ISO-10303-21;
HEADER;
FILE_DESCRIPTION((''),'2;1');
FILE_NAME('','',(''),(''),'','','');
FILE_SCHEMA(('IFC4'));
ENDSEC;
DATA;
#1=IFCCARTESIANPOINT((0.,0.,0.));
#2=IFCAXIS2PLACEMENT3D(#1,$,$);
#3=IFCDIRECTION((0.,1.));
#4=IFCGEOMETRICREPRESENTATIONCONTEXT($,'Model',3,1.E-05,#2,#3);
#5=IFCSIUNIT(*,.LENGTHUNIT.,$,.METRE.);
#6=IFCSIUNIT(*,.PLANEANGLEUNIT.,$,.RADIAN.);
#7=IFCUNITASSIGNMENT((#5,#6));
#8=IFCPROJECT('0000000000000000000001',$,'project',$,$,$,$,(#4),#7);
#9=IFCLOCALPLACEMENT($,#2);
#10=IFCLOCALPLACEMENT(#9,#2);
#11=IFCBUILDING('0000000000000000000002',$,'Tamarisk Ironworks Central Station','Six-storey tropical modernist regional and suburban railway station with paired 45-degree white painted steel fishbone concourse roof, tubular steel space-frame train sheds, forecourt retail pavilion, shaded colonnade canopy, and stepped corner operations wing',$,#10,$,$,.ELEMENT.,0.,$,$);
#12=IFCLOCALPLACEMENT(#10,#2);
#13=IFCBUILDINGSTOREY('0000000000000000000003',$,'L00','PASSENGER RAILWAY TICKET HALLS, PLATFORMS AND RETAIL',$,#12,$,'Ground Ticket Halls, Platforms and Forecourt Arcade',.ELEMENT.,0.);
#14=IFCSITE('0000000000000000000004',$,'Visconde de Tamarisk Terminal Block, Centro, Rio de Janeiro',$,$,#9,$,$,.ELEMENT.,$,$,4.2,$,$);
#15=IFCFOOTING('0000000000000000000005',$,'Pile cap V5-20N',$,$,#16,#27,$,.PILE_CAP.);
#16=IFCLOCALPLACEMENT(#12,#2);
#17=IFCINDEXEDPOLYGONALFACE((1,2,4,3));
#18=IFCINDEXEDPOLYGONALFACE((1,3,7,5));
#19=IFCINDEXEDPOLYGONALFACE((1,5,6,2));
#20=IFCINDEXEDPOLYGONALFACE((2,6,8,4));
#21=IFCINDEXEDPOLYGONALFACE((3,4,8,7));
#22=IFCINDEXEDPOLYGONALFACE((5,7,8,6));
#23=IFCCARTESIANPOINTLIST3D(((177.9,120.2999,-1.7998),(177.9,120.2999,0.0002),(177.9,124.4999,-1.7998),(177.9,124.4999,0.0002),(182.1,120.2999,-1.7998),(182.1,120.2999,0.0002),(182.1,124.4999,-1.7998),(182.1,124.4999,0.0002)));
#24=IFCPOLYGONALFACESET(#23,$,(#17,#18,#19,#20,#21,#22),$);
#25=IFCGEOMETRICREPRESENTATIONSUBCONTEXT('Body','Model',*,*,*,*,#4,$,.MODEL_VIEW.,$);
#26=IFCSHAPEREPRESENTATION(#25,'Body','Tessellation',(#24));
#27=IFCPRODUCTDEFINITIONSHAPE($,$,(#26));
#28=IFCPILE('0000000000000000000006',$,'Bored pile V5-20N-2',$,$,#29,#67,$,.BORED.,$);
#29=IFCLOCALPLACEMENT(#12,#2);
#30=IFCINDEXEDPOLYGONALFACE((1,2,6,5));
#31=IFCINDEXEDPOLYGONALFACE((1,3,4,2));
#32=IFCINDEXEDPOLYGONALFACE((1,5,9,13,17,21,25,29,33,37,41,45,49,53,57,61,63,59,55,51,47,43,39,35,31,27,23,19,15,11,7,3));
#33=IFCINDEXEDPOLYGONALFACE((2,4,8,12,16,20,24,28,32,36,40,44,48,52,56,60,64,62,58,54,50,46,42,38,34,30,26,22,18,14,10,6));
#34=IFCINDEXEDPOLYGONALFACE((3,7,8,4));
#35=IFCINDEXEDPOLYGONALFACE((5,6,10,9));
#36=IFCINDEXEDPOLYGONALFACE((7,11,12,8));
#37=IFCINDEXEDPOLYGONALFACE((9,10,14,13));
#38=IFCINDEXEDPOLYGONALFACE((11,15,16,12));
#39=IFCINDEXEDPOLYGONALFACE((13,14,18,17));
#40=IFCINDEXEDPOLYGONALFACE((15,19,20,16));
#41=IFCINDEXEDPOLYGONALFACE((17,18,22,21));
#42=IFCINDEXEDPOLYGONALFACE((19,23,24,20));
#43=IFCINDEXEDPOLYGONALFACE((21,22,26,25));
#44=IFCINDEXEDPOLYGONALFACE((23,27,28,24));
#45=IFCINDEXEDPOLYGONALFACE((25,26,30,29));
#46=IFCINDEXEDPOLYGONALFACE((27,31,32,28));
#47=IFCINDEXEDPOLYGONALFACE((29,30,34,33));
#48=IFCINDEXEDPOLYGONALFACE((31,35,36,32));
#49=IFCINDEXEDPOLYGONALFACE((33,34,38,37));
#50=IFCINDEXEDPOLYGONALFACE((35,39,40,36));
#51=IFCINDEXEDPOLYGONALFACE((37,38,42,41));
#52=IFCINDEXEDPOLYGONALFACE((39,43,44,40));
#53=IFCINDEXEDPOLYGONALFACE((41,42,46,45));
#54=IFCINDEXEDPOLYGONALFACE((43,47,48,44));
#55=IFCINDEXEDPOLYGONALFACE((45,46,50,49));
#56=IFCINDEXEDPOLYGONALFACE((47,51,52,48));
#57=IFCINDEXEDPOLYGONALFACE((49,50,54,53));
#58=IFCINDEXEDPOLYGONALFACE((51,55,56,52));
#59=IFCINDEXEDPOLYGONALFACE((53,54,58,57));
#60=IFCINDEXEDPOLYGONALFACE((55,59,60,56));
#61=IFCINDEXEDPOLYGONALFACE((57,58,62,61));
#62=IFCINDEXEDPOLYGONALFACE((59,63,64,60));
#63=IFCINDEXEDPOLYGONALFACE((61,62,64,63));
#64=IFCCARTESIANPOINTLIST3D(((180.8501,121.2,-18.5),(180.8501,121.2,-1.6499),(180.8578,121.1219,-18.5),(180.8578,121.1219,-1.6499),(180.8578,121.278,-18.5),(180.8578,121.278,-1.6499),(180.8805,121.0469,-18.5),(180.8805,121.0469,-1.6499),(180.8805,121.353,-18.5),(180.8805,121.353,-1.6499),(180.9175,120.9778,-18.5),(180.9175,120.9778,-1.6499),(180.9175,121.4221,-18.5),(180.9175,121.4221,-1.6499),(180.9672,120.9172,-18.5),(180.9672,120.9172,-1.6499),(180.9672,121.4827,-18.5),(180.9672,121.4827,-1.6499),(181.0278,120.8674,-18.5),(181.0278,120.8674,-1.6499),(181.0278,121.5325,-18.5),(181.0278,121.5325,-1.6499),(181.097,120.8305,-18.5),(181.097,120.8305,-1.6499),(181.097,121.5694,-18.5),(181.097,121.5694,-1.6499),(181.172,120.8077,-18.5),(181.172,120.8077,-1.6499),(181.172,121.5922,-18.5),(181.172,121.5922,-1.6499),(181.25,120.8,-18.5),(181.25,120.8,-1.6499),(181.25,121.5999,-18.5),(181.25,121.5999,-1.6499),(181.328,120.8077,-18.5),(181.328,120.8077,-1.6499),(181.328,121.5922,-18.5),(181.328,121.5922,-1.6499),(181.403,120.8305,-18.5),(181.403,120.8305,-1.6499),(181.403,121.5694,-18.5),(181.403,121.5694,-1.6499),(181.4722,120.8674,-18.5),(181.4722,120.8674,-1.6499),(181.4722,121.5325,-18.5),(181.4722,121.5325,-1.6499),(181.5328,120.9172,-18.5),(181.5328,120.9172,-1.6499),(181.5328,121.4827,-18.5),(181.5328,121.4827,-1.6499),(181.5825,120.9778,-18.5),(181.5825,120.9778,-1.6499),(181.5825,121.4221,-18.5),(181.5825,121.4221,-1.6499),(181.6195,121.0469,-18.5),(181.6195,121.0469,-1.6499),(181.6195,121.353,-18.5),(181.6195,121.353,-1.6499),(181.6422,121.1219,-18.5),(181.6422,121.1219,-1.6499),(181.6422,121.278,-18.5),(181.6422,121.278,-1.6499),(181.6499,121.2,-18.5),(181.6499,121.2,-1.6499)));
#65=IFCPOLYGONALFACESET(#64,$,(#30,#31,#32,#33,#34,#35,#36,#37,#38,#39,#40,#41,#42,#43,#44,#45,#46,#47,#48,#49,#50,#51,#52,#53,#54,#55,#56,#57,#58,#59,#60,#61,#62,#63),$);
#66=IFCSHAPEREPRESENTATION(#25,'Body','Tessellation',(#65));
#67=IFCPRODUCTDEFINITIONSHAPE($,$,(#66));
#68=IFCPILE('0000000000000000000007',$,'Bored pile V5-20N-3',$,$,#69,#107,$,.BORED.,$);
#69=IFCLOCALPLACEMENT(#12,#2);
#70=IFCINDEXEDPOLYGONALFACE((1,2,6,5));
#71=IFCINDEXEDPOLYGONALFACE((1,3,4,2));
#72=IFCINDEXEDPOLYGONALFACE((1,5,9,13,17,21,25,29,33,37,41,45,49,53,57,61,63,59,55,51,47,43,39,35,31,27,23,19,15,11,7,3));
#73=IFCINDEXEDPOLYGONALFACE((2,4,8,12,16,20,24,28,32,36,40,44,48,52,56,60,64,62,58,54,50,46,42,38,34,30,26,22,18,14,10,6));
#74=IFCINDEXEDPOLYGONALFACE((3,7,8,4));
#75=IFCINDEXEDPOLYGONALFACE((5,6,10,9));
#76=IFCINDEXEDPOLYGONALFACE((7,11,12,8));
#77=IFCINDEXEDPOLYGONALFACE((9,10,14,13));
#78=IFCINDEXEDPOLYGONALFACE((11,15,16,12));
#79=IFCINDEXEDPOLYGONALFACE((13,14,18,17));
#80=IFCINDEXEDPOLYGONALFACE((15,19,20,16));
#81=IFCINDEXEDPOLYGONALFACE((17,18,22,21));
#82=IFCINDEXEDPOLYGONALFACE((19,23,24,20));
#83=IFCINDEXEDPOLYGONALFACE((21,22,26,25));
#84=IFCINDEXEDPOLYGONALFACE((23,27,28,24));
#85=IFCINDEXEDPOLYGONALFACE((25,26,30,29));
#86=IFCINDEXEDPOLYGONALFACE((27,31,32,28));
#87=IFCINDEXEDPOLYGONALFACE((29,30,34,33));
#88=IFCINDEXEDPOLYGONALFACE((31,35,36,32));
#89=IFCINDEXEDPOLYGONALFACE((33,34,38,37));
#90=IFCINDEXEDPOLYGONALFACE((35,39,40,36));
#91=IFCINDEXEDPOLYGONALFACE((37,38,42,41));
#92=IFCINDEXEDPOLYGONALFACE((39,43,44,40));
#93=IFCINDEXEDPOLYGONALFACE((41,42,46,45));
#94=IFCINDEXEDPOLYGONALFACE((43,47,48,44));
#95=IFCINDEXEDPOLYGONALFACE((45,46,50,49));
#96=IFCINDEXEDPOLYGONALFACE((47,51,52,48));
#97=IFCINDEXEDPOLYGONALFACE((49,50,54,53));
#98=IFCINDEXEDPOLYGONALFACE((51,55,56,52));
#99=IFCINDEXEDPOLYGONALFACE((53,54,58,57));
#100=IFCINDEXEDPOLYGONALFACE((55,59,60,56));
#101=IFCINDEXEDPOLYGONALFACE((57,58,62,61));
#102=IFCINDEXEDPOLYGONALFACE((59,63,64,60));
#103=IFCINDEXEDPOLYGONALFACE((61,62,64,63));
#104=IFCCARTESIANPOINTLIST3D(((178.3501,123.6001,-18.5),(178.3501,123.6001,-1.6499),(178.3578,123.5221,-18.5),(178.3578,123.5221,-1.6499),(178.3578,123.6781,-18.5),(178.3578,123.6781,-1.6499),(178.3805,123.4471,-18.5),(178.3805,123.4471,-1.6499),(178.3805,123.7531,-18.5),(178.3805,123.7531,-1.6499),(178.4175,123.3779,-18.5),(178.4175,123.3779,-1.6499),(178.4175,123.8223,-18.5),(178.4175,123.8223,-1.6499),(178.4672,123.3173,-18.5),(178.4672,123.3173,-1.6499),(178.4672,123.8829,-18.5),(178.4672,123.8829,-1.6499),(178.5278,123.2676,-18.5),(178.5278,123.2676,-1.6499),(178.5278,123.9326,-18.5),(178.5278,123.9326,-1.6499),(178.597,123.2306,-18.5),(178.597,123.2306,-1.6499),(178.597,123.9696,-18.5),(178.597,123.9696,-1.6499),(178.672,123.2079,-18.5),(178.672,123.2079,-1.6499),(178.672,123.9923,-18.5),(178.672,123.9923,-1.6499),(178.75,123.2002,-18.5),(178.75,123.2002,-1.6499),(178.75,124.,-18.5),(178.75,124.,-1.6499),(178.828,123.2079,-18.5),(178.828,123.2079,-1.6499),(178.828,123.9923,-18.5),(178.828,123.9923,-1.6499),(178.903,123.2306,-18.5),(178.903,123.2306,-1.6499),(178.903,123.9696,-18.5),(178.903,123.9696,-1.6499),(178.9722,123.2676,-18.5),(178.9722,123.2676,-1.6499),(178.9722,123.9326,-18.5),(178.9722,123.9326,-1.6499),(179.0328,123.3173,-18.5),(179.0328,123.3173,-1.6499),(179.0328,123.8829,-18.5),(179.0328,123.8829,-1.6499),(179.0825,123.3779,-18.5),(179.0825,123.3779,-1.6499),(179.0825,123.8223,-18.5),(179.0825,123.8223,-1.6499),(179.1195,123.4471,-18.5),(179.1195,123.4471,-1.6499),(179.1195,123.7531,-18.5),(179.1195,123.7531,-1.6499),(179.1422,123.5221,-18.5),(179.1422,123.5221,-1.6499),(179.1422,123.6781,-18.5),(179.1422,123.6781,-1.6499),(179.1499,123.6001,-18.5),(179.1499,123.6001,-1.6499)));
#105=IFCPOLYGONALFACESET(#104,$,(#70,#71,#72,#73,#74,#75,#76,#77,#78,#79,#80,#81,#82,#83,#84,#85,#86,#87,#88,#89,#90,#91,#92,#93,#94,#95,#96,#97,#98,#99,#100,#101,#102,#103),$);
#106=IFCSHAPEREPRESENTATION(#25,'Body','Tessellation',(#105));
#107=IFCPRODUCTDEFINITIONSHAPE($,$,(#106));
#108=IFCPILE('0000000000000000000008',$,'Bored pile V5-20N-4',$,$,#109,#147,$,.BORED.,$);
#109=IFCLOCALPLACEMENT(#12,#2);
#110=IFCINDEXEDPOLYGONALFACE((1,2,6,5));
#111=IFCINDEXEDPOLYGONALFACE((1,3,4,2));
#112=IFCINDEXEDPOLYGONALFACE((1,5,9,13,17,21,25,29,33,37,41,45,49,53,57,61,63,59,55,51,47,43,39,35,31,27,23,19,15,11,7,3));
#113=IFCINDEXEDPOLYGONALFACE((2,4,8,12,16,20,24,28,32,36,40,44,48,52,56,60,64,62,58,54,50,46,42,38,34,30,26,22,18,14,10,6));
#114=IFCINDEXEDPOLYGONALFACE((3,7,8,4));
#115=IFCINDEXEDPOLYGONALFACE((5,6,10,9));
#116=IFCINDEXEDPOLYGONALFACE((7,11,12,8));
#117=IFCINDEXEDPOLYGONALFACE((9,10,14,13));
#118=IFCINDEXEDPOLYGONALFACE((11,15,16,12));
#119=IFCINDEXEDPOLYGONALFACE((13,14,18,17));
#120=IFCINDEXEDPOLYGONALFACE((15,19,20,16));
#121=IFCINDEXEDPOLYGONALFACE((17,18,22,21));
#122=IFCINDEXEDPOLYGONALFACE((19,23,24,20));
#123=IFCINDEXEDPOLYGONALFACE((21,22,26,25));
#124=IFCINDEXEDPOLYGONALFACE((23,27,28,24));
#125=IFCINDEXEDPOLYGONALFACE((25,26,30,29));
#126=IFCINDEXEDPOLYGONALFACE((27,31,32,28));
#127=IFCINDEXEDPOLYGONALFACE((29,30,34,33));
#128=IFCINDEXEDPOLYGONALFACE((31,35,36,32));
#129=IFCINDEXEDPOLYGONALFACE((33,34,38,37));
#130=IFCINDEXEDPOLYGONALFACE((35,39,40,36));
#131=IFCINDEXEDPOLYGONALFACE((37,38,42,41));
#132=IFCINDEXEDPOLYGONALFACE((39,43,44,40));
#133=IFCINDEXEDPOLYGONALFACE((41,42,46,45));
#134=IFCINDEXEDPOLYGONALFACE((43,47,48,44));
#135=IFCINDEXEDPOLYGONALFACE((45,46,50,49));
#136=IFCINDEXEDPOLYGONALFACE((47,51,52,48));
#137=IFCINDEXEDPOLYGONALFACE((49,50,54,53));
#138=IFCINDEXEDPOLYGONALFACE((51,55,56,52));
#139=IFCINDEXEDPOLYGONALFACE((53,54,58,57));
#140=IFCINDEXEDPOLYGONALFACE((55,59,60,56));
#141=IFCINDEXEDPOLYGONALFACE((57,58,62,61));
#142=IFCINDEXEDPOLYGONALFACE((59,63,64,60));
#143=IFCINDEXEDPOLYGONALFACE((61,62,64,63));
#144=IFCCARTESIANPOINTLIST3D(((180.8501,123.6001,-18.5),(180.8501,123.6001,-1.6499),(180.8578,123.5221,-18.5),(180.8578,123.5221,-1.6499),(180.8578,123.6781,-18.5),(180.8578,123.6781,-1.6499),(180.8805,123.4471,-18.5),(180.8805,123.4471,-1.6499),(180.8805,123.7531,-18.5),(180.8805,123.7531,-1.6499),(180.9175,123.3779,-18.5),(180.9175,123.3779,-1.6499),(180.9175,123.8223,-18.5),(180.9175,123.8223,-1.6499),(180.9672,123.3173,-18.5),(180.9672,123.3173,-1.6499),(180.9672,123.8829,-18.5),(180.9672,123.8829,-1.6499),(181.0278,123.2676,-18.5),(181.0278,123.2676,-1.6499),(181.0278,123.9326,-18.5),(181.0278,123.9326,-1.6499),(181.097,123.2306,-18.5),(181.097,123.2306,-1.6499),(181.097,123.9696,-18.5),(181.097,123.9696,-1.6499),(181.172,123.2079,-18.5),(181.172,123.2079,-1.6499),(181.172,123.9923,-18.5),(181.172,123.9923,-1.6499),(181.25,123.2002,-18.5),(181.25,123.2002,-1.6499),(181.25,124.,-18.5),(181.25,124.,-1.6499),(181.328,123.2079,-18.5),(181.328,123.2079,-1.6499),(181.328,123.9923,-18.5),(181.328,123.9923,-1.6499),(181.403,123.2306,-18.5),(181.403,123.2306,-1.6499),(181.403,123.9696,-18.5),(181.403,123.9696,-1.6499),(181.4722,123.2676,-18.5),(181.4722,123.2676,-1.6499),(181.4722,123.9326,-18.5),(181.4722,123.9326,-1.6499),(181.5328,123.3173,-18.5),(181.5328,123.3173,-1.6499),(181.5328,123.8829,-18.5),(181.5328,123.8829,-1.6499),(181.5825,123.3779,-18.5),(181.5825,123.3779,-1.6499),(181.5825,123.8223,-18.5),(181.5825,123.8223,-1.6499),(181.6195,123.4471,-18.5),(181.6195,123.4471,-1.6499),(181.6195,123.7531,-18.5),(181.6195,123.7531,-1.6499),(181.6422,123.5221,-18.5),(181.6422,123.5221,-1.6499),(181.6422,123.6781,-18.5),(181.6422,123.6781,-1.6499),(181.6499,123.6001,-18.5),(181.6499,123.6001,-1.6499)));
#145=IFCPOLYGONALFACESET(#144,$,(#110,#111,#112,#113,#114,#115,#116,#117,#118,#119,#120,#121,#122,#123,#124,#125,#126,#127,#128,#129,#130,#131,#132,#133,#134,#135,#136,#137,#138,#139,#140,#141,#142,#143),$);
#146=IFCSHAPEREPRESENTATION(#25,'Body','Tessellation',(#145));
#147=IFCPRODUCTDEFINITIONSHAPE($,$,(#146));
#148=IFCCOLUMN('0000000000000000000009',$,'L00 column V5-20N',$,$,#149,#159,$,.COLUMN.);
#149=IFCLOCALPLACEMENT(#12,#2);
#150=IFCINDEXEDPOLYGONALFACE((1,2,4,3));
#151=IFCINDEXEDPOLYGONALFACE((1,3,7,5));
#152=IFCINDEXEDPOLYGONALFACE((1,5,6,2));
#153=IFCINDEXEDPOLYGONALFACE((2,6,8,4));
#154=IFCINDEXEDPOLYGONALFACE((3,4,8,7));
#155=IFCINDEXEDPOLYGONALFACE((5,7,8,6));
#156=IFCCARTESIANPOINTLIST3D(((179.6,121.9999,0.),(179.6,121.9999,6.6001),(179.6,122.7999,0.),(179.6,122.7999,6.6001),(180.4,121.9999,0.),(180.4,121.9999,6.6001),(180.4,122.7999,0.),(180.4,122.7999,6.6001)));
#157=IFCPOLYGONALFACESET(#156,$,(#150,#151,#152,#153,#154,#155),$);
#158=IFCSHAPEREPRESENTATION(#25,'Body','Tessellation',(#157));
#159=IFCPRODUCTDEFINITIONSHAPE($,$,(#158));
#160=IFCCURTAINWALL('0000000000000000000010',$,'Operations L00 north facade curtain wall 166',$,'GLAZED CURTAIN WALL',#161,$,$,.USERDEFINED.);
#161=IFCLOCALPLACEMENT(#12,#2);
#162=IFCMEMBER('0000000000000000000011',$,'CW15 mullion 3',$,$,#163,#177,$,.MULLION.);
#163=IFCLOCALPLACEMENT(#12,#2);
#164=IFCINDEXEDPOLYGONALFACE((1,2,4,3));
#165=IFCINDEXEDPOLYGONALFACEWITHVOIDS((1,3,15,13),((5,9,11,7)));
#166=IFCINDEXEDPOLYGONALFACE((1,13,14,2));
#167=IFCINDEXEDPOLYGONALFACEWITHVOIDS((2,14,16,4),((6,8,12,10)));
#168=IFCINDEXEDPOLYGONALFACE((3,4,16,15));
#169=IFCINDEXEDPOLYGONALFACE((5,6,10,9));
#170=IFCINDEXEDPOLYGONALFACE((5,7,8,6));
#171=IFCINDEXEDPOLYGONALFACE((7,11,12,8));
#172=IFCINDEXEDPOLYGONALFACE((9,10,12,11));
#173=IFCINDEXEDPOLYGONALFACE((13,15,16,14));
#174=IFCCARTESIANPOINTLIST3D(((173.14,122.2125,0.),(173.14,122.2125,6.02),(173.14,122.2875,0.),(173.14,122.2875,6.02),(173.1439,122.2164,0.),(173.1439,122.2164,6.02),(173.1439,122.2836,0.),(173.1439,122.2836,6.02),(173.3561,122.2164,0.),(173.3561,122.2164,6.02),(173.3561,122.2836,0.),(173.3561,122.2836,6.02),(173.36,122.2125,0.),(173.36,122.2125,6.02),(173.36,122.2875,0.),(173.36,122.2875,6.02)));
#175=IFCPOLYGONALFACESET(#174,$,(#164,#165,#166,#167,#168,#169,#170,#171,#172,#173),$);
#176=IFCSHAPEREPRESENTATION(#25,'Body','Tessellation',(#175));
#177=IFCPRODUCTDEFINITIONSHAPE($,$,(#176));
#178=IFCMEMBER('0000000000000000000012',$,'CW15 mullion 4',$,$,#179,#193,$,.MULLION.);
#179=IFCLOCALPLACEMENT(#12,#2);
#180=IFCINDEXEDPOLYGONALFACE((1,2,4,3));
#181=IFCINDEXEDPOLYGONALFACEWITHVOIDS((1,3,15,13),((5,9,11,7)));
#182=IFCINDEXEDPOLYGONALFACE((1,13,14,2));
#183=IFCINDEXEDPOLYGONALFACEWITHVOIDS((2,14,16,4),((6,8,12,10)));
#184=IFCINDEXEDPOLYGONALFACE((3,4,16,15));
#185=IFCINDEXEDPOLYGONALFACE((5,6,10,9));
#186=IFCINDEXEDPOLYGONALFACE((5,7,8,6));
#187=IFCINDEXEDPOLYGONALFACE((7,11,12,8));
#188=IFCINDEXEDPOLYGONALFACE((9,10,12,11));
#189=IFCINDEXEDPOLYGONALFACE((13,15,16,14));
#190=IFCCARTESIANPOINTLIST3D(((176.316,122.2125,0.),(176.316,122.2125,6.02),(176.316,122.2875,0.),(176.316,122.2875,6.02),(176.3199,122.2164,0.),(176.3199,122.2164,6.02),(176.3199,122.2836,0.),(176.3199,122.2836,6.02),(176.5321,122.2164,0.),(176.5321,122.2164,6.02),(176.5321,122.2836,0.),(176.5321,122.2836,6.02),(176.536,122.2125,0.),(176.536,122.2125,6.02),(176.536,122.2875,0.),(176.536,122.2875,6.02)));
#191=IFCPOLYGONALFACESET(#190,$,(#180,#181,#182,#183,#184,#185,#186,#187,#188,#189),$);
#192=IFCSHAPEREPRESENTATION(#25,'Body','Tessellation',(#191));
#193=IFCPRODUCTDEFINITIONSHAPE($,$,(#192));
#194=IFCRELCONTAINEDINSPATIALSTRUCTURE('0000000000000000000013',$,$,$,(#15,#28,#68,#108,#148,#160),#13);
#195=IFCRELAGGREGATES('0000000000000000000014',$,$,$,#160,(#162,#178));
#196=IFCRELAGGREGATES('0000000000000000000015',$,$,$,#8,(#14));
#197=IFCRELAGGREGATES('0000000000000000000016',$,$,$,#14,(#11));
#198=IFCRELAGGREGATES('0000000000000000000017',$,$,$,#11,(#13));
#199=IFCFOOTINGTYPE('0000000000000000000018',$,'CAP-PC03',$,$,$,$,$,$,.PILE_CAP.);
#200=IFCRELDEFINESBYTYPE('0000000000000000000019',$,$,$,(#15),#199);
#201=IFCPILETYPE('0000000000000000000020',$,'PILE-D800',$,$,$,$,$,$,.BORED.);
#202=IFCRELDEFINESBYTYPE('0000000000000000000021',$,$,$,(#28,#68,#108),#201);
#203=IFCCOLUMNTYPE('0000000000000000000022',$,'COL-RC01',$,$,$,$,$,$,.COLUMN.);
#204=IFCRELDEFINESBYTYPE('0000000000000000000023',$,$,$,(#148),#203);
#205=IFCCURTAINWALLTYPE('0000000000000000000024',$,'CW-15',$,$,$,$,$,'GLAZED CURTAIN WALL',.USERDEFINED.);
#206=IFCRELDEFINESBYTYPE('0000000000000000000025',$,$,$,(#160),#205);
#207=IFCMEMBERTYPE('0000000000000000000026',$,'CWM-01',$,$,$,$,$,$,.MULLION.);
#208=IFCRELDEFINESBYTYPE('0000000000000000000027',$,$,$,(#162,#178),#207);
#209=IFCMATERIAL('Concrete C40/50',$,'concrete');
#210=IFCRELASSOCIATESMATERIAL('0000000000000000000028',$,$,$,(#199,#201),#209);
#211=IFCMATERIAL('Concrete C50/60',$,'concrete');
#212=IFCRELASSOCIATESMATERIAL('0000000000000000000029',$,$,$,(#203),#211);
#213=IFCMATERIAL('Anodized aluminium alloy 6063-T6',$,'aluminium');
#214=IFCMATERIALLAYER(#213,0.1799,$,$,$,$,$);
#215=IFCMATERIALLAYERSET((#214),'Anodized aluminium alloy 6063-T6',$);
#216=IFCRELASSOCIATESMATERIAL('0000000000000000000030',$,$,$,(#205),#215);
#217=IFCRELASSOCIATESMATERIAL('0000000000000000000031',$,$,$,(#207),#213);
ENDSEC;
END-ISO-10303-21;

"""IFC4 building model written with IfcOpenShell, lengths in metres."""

from ifc_helpers import new_model, si_unit, direction, frame, origin, origin_2d, place, context, subcontext, project, spatial, rectangle, hollow_rectangle, circle, extrude, material, layer, layer_set, material_profile, profile_set, type_object, element, aggregate, save


model = new_model("IFC4")

# Units and contexts
model_context = context("Model", 3, precision=1e-05, world=origin(), true_north=direction((0.0, 1.0)))
body_context = subcontext(model_context, "Body", "Model", "MODEL_VIEW")
ifc_project = project(units=[si_unit("LENGTHUNIT", "METRE"), si_unit("PLANEANGLEUNIT", "RADIAN")], contexts=[model_context])

# Site, building, storey
site_placement = place(None, origin())
site = spatial("IfcSite", under=ifc_project, at=site_placement, Name="Visconde de Tamarisk Terminal Block, Centro, Rio de Janeiro", CompositionType="ELEMENT", RefElevation=4.2)
building_placement = place(site_placement, origin())
building = spatial("IfcBuilding", under=site, at=building_placement, Name="Tamarisk Ironworks Central Station", Description="Six-storey tropical modernist regional and suburban railway station with paired 45-degree white painted steel fishbone concourse roof, tubular steel space-frame train sheds, forecourt retail pavilion, shaded colonnade canopy, and stepped corner operations wing", CompositionType="ELEMENT", ElevationOfRefHeight=0.0)
storey_placement = place(building_placement, origin())
storey = spatial("IfcBuildingStorey", under=building, at=storey_placement, Name="L00", Description="PASSENGER RAILWAY TICKET HALLS, PLATFORMS AND RETAIL", LongName="Ground Ticket Halls, Platforms and Forecourt Arcade", CompositionType="ELEMENT", Elevation=0.0)

# Footing
ifc_material_1 = material(Name="Concrete C40/50", Category="concrete")
footing_type = type_object("IfcFootingType", Name="CAP-PC03", PredefinedType="PILE_CAP", material=ifc_material_1)
footing_placement = place(storey_placement, frame((180.0, 122.3999, -1.7998), z_axis=(0.0, 0.0, 1.0), x_axis=(1.0, 0.0, 0.0)))
element("IfcFooting", 1, at=footing_placement, inside=storey, type_object=footing_type, Name="Pile cap V5-20N", PredefinedType="PILE_CAP", context=body_context, shape_type="SweptSolid", body=[
    extrude(rectangle(XDim=4.2, YDim=4.2, at=origin_2d()), origin(), (0.0, 0.0, 1.0), 1.8),
])

# Piles
ifc_material_profile_1 = material_profile(ifc_material_1, circle(Radius=0.3999, at=origin_2d()), Name="BORED PILE D800")
ifc_profile_set_1 = profile_set([ifc_material_profile_1], Name="Concrete C40/50")
pile_type = type_object("IfcPileType", Name="PILE-D800", PredefinedType="BORED", material=ifc_profile_set_1)
for number, where, z_axis, x_axis, name in (
    (2, (181.25, 121.2, -1.6499), (0.0, 0.0, -1.0), (1.0, 0.0, 0.0), "Bored pile V5-20N-2"),
    (3, (178.75, 123.6001, -1.6499), (0.0, 0.0, -1.0), (1.0, 0.0, 0.0), "Bored pile V5-20N-3"),
    (4, (181.25, 123.6001, -1.6499), (0.0, 0.0, -1.0), (1.0, 0.0, 0.0), "Bored pile V5-20N-4"),
):
    element("IfcPile", number, at=place(storey_placement, frame(where, z_axis=z_axis, x_axis=x_axis)), inside=storey, type_object=pile_type, Name=name, PredefinedType="BORED", context=body_context, shape_type="SweptSolid", body=[
        extrude(circle(Radius=0.3999, at=origin_2d()), origin(), (0.0, 0.0, 1.0), 16.8501),
    ])

# Column
ifc_material_2 = material(Name="Concrete C50/60", Category="concrete")
ifc_material_profile_2 = material_profile(ifc_material_2, rectangle(XDim=0.8, YDim=0.8, at=origin_2d()), Name="RC 800x800")
ifc_profile_set_2 = profile_set([ifc_material_profile_2], Name="Concrete C50/60")
column_type = type_object("IfcColumnType", Name="COL-RC01", PredefinedType="COLUMN", material=ifc_profile_set_2)
column_placement = place(storey_placement, frame((180.0, 122.3999, 0.0), z_axis=(0.0, 0.0, 1.0), x_axis=(1.0, 0.0, 0.0)))
element("IfcColumn", 5, at=column_placement, inside=storey, type_object=column_type, Name="L00 column V5-20N", PredefinedType="COLUMN", context=body_context, shape_type="SweptSolid", body=[
    extrude(rectangle(XDim=0.8, YDim=0.8, at=origin_2d()), origin(), (0.0, 0.0, 1.0), 6.6001),
])

# Curtain wall, members
ifc_material_3 = material(Name="Anodized aluminium alloy 6063-T6", Category="aluminium")
ifc_layer_1 = layer(ifc_material_3, 0.1799)
ifc_layer_set_1 = layer_set([ifc_layer_1], Name="Anodized aluminium alloy 6063-T6")
curtain_wall_type = type_object("IfcCurtainWallType", Name="CW-15", ElementType="GLAZED CURTAIN WALL", PredefinedType="USERDEFINED", material=ifc_layer_set_1)
curtain_wall_placement = place(storey_placement, origin())
curtain_wall = element("IfcCurtainWall", 6, at=curtain_wall_placement, inside=storey, type_object=curtain_wall_type, Name="Operations L00 north facade curtain wall 166", ObjectType="GLAZED CURTAIN WALL", PredefinedType="USERDEFINED")
ifc_material_profile_3 = material_profile(ifc_material_3, hollow_rectangle(XDim=0.075, YDim=0.22, WallThickness=0.0039, at=origin_2d()), Name="ALUM 220x75")
ifc_profile_set_3 = profile_set([ifc_material_profile_3], Name="Anodized aluminium alloy 6063-T6")
member_type_1 = type_object("IfcMemberType", Name="CWM-01", PredefinedType="MULLION", material=ifc_profile_set_3)
member_1_placement = place(storey_placement, frame((173.25, 122.25, 0.0), z_axis=(0.0, 0.0, 1.0), x_axis=(0.0, 1.0, 0.0)))
member_1 = element("IfcMember", 7, at=member_1_placement, type_object=member_type_1, Name="CW15 mullion 3", PredefinedType="MULLION", context=body_context, shape_type="SweptSolid", body=[
    extrude(hollow_rectangle(XDim=0.075, YDim=0.22, WallThickness=0.0039, at=origin_2d()), origin(), (0.0, 0.0, 1.0), 6.02),
])
member_2_placement = place(storey_placement, frame((176.426, 122.25, 0.0), z_axis=(0.0, 0.0, 1.0), x_axis=(0.0, 1.0, 0.0)))
member_2 = element("IfcMember", 8, at=member_2_placement, type_object=member_type_1, Name="CW15 mullion 4", PredefinedType="MULLION", context=body_context, shape_type="SweptSolid", body=[
    extrude(hollow_rectangle(XDim=0.075, YDim=0.22, WallThickness=0.0039, at=origin_2d()), origin(), (0.0, 0.0, 1.0), 6.02),
])
aggregate(curtain_wall, [member_1, member_2])

save(model, "model.ifc")
